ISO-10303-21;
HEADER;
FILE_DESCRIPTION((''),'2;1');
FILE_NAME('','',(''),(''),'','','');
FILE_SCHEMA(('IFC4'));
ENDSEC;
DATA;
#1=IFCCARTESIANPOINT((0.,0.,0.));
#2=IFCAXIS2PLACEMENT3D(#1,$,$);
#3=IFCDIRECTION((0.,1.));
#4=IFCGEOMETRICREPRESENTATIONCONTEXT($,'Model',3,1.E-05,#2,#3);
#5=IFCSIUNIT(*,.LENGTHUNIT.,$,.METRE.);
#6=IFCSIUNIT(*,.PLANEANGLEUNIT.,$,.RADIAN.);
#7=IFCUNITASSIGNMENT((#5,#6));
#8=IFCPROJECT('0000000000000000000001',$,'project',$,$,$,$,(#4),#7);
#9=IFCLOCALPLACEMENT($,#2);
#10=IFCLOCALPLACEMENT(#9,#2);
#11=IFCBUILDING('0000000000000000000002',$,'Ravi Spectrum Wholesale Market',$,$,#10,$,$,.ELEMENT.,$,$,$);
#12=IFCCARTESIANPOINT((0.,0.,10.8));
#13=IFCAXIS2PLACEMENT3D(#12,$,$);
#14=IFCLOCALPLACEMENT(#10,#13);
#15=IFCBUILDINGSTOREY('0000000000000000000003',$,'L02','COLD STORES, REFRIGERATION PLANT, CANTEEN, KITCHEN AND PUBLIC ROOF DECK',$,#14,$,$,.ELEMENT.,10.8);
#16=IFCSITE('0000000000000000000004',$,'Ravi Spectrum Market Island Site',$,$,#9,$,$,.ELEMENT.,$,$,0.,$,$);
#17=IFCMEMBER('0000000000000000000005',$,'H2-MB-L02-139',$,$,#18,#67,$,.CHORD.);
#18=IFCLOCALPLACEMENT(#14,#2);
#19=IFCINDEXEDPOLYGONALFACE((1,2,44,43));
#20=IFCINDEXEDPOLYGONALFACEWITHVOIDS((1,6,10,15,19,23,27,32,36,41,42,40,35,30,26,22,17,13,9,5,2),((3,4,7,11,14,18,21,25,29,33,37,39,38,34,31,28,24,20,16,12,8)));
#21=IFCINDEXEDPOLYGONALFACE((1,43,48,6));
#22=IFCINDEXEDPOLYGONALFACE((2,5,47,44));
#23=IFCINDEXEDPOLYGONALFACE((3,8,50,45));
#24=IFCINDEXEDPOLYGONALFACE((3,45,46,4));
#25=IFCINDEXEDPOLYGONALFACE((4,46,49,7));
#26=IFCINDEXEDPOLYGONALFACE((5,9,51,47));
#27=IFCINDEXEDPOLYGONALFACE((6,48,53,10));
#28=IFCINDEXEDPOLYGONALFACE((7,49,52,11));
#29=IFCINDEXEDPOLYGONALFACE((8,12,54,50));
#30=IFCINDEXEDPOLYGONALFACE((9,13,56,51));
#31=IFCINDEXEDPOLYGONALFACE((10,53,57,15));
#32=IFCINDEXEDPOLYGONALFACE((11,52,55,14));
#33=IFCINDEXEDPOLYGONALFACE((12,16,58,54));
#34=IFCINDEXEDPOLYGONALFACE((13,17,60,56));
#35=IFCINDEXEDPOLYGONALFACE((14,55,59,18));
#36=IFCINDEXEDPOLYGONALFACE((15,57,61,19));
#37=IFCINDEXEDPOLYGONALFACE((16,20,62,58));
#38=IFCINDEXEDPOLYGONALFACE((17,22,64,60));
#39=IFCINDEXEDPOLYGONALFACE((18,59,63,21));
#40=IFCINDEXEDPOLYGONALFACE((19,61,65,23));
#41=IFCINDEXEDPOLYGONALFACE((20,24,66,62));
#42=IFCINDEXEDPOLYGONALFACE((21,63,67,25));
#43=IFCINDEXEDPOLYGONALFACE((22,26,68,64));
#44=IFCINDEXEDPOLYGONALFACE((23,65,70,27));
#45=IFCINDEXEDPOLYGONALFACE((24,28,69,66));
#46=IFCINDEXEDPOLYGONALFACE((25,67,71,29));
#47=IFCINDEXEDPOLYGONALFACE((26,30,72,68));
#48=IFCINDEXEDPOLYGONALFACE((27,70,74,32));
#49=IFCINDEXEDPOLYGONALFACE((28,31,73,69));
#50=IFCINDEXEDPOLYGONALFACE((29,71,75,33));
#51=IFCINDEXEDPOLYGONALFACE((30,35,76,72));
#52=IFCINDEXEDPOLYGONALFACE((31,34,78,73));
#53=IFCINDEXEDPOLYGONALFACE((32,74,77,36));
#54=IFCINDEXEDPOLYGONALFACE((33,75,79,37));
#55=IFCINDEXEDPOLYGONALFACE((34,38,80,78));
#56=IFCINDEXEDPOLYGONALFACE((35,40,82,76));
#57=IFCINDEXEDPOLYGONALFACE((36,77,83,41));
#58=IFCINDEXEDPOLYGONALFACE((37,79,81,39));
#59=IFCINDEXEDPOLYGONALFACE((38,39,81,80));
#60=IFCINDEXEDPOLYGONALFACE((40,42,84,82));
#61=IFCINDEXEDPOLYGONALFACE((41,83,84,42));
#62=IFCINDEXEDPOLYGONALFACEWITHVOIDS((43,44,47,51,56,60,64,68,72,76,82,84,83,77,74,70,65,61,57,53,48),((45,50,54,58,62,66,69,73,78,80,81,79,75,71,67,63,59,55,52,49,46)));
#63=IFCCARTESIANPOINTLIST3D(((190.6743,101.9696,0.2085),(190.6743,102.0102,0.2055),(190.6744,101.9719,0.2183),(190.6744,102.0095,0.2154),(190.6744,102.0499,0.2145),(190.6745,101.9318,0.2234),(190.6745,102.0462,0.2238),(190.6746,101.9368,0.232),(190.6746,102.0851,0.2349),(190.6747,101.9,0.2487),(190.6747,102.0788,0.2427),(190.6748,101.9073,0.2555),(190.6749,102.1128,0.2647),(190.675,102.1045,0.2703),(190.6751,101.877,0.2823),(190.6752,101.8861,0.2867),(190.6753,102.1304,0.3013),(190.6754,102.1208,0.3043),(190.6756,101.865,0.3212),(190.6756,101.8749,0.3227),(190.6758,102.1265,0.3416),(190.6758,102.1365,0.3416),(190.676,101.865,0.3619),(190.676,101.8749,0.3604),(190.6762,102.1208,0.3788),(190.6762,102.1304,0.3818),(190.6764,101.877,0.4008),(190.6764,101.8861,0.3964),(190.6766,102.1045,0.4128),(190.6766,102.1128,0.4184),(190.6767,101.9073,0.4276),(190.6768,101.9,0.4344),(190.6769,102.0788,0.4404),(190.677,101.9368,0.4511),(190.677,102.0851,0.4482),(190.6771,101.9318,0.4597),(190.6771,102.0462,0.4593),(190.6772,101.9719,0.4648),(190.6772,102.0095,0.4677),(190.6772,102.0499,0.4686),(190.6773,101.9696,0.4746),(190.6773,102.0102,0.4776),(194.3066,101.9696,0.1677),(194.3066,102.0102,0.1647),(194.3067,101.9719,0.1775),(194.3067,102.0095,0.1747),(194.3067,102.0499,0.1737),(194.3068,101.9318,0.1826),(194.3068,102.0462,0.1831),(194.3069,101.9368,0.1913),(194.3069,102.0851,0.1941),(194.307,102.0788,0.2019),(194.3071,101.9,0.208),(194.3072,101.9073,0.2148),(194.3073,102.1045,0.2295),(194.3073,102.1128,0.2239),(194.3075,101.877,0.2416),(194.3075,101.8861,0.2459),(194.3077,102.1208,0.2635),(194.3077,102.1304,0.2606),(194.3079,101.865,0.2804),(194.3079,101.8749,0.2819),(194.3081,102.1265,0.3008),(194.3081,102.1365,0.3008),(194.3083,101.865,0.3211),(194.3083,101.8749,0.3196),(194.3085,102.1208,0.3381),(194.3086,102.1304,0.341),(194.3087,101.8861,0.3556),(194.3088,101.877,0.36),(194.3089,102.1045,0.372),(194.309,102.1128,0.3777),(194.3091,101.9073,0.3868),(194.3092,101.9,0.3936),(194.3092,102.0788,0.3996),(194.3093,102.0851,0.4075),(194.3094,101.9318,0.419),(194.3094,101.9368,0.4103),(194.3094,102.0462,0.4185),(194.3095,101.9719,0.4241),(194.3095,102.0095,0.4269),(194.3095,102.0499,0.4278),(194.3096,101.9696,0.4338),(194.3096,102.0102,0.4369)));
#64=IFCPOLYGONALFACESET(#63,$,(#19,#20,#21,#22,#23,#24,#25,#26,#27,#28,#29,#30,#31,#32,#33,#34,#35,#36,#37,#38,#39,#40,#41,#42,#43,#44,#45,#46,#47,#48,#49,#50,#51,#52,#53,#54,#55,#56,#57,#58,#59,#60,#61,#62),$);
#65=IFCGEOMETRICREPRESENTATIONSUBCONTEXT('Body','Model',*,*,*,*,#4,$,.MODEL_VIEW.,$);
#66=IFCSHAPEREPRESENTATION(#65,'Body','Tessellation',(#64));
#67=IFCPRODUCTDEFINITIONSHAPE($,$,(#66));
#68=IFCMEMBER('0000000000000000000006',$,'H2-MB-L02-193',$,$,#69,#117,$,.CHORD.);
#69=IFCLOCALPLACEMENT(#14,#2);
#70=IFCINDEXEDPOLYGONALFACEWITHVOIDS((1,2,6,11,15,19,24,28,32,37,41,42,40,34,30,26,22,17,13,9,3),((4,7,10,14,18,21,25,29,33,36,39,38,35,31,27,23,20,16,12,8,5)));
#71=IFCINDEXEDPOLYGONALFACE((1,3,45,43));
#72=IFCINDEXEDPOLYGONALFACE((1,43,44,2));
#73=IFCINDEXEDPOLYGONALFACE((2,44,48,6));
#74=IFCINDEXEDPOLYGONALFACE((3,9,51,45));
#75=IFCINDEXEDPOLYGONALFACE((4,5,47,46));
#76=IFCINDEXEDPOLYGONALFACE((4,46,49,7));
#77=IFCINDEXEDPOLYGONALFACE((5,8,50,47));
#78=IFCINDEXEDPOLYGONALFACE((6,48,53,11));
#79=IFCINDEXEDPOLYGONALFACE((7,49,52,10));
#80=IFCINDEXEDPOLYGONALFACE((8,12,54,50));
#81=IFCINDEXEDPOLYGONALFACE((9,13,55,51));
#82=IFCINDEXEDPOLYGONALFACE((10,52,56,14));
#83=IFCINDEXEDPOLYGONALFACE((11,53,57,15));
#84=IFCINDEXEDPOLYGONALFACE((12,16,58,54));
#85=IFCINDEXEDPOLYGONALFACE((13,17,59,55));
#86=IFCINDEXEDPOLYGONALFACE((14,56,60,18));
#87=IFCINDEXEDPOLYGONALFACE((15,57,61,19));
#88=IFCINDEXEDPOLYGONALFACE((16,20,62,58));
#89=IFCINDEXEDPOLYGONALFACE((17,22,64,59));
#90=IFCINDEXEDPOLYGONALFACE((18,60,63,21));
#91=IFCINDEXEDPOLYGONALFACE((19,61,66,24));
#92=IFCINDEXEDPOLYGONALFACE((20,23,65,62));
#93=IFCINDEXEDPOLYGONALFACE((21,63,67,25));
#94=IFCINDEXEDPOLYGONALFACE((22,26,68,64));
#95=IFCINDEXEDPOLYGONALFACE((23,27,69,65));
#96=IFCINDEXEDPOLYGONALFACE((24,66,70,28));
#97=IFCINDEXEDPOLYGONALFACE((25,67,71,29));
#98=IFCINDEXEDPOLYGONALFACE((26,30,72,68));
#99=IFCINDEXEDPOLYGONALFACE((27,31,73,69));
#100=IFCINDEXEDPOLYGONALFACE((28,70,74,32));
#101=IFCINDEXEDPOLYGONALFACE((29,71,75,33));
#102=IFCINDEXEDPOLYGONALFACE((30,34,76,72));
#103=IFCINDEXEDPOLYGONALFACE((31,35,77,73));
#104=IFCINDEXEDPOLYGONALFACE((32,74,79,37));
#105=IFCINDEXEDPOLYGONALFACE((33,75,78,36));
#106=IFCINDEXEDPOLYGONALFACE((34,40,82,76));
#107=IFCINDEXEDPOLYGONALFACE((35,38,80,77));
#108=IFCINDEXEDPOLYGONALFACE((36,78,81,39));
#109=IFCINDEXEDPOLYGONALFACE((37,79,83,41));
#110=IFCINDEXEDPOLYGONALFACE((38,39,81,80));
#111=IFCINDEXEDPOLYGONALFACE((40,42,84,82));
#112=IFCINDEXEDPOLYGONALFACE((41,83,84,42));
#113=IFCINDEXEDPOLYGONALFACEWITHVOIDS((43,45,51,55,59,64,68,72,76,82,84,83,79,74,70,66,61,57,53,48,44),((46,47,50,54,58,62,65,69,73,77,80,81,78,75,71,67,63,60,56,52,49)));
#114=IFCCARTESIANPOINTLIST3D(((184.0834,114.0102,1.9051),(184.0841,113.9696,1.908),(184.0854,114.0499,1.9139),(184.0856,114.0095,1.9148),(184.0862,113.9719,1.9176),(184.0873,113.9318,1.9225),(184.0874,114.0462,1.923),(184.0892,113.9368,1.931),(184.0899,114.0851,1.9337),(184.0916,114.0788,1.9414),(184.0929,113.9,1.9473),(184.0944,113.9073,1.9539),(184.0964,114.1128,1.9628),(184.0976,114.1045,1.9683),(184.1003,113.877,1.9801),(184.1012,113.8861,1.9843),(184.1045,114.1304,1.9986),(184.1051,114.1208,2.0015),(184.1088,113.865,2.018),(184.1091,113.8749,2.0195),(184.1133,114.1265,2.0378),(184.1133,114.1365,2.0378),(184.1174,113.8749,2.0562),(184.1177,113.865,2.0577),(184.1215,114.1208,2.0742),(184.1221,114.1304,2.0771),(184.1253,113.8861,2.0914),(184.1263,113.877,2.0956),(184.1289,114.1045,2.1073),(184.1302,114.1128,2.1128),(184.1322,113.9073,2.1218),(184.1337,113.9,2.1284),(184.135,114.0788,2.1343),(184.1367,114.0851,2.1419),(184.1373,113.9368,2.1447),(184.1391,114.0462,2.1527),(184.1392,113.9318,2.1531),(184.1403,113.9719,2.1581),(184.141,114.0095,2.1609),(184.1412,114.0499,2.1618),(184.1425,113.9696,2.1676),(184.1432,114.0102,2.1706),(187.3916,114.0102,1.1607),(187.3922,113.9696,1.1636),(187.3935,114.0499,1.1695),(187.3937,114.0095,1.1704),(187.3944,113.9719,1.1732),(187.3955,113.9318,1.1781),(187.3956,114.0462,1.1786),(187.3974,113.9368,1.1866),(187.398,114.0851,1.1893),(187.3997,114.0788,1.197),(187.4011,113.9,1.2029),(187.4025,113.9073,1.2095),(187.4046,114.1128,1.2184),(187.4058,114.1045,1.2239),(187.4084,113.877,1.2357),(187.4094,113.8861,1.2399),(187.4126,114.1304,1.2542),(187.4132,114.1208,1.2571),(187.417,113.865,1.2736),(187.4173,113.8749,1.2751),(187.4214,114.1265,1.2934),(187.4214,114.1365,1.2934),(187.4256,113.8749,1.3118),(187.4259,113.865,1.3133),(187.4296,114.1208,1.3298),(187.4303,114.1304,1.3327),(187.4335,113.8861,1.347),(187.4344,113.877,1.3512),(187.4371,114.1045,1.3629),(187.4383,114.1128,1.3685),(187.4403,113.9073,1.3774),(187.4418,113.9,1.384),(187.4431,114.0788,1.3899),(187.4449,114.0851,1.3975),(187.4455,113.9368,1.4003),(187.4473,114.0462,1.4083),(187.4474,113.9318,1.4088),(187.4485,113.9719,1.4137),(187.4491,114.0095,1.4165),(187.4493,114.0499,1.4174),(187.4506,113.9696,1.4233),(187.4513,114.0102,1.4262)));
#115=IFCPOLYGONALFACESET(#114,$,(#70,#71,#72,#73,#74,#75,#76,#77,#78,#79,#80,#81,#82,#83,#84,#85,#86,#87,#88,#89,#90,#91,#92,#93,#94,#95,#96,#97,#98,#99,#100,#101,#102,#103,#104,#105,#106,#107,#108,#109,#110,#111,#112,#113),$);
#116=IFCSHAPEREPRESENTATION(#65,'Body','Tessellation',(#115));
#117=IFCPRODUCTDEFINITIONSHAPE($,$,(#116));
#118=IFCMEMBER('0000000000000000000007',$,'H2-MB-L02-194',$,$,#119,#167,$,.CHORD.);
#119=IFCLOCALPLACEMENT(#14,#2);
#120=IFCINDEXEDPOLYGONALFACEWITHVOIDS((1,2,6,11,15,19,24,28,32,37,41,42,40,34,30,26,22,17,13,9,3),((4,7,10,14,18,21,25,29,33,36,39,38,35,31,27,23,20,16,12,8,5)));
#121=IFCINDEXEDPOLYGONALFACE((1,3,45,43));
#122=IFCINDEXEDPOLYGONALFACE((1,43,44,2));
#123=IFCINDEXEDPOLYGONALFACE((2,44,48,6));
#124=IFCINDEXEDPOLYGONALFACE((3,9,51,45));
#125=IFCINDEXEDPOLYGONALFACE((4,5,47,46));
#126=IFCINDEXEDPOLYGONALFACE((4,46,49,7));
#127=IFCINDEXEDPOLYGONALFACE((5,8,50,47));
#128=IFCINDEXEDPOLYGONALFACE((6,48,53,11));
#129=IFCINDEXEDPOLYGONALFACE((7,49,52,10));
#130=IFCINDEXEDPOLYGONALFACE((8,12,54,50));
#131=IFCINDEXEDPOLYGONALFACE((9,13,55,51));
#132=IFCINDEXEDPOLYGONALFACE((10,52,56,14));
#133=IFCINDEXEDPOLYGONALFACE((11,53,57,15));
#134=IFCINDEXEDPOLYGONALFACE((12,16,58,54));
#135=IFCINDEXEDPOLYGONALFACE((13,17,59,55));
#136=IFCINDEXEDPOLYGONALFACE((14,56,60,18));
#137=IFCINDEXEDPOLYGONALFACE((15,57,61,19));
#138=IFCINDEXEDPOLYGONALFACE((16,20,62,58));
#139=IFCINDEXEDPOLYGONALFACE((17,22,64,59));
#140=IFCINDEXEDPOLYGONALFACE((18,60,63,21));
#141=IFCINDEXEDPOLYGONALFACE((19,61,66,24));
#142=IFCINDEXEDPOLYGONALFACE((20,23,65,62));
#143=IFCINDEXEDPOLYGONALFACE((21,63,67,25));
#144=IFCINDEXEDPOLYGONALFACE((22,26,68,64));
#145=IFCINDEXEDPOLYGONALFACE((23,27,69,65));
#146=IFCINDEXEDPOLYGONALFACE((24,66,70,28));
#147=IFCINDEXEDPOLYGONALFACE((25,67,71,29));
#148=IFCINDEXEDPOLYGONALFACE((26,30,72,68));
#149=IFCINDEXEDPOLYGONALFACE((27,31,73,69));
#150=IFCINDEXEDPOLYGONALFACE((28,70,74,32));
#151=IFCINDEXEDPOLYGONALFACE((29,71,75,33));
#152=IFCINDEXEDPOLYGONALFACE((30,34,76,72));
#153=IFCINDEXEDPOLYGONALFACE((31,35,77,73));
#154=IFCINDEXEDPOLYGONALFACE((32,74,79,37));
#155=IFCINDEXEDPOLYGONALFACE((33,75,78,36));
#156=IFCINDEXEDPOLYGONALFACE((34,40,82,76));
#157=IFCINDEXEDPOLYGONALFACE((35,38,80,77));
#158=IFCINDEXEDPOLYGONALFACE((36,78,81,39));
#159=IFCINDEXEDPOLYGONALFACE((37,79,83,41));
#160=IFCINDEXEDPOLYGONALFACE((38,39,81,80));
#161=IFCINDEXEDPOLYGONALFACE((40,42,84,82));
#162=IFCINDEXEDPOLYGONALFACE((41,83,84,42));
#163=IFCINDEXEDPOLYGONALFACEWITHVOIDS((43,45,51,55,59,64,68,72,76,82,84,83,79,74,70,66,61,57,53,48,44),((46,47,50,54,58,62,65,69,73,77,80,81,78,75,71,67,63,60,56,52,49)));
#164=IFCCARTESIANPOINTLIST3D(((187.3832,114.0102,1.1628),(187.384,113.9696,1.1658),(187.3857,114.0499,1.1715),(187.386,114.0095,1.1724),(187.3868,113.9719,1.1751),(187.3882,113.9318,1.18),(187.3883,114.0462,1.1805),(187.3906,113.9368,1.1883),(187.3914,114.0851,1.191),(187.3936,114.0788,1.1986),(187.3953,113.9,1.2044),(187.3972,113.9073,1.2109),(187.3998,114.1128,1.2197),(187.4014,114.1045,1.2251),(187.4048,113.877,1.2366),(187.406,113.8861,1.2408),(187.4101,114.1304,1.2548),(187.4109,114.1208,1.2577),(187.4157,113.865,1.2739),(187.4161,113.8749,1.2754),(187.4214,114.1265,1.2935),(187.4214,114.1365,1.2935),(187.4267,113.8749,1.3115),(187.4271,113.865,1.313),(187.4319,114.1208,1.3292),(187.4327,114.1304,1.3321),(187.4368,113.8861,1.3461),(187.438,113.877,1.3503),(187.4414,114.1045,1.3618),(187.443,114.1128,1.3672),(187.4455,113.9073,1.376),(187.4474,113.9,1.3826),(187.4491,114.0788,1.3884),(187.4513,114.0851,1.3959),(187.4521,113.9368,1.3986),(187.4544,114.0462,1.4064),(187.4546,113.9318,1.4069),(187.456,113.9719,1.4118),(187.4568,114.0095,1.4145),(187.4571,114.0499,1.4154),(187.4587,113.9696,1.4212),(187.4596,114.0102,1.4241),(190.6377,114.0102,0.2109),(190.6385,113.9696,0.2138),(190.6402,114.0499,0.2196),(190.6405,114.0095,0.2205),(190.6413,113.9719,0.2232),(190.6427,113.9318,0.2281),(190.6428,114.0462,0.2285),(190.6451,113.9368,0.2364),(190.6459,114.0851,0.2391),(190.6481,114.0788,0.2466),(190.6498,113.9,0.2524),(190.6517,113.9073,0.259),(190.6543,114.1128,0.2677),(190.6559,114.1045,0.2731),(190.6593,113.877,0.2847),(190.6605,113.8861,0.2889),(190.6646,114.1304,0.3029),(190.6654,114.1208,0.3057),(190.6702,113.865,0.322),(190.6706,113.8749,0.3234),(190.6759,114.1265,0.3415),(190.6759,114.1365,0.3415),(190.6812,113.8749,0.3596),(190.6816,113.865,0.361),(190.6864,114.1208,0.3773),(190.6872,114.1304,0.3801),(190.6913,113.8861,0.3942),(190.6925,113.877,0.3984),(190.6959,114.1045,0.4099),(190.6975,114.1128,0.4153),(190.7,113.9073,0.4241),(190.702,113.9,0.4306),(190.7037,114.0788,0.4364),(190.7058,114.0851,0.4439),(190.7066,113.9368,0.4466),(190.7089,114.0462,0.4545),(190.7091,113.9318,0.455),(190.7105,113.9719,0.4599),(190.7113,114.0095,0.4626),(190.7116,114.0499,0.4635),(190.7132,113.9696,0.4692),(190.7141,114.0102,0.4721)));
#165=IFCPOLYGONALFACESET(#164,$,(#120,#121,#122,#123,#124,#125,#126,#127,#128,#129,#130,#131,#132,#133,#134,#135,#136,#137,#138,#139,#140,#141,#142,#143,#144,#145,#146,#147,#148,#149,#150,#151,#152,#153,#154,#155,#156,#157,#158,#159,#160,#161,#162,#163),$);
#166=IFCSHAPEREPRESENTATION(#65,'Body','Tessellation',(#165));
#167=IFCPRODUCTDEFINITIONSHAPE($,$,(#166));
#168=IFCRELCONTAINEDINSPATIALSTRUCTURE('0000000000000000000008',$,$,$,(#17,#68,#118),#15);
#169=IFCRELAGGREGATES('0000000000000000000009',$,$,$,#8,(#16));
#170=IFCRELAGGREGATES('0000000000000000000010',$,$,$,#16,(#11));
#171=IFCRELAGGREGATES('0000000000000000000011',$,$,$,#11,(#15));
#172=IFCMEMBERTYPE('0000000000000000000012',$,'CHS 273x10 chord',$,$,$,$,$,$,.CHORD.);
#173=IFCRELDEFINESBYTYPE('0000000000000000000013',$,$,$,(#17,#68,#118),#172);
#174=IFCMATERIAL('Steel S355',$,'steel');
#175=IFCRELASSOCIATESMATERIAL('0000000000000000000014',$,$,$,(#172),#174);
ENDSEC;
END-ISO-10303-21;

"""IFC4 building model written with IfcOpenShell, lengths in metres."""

from ifc_helpers import new_model, si_unit, direction, frame, origin, origin_2d, place, context, subcontext, project, spatial, hollow_circle, extrude, material, material_profile, profile_set, type_object, element, save


model = new_model("IFC4")

# Units and contexts
model_context = context("Model", 3, precision=1e-05, world=origin(), true_north=direction((0.0, 1.0)))
body_context = subcontext(model_context, "Body", "Model", "MODEL_VIEW")
ifc_project = project(units=[si_unit("LENGTHUNIT", "METRE"), si_unit("PLANEANGLEUNIT", "RADIAN")], contexts=[model_context])

# Site, building, storey
site_placement = place(None, origin())
site = spatial("IfcSite", under=ifc_project, at=site_placement, Name="Ravi Spectrum Market Island Site", CompositionType="ELEMENT", RefElevation=0.0)
building_placement = place(site_placement, origin())
building = spatial("IfcBuilding", under=site, at=building_placement, Name="Ravi Spectrum Wholesale Market", CompositionType="ELEMENT")
storey_placement = place(building_placement, frame((0.0, 0.0, 10.8)))
storey = spatial("IfcBuildingStorey", under=building, at=storey_placement, Name="L02", Description="COLD STORES, REFRIGERATION PLANT, CANTEEN, KITCHEN AND PUBLIC ROOF DECK", CompositionType="ELEMENT", Elevation=10.8)

# Members
ifc_material_1 = material(Name="Steel S355", Category="steel")
ifc_material_profile_1 = material_profile(ifc_material_1, hollow_circle(Radius=0.1365, WallThickness=0.01, at=origin_2d()))
ifc_profile_set_1 = profile_set([ifc_material_profile_1], Name="Steel S355")
member_type_1 = type_object("IfcMemberType", Name="CHS 273x10 chord", PredefinedType="CHORD", material=ifc_profile_set_1)
member_1_placement = place(storey_placement, frame((190.6758, 102.0, 0.3416), z_axis=(0.999937, 0.0, -0.011224), x_axis=(0.0, 1.0, 0.0)))
element("IfcMember", 1, at=member_1_placement, inside=storey, type_object=member_type_1, Name="H2-MB-L02-139", PredefinedType="CHORD", context=body_context, shape_type="SweptSolid", body=[
    extrude(hollow_circle(Radius=0.1365, WallThickness=0.01, at=origin_2d()), origin(), (0.0, 0.0, 1.0), 3.6326),
])
for number, where, z_axis, x_axis, name in (
    (2, (184.1133, 114.0, 2.0378), (0.975606, 0.0, -0.219529), (0.0, 1.0, 0.0), "H2-MB-L02-193"),
    (3, (187.4214, 114.0, 1.2935), (0.959785, 0.0, -0.280735), (0.0, 1.0, 0.0), "H2-MB-L02-194"),
):
    element("IfcMember", number, at=place(storey_placement, frame(where, z_axis=z_axis, x_axis=x_axis)), inside=storey, type_object=member_type_1, Name=name, PredefinedType="CHORD", context=body_context, shape_type="SweptSolid", body=[
        extrude(hollow_circle(Radius=0.1365, WallThickness=0.01, at=origin_2d()), origin(), (0.0, 0.0, 1.0), 3.3909),
    ])

save(model, "model.ifc")
